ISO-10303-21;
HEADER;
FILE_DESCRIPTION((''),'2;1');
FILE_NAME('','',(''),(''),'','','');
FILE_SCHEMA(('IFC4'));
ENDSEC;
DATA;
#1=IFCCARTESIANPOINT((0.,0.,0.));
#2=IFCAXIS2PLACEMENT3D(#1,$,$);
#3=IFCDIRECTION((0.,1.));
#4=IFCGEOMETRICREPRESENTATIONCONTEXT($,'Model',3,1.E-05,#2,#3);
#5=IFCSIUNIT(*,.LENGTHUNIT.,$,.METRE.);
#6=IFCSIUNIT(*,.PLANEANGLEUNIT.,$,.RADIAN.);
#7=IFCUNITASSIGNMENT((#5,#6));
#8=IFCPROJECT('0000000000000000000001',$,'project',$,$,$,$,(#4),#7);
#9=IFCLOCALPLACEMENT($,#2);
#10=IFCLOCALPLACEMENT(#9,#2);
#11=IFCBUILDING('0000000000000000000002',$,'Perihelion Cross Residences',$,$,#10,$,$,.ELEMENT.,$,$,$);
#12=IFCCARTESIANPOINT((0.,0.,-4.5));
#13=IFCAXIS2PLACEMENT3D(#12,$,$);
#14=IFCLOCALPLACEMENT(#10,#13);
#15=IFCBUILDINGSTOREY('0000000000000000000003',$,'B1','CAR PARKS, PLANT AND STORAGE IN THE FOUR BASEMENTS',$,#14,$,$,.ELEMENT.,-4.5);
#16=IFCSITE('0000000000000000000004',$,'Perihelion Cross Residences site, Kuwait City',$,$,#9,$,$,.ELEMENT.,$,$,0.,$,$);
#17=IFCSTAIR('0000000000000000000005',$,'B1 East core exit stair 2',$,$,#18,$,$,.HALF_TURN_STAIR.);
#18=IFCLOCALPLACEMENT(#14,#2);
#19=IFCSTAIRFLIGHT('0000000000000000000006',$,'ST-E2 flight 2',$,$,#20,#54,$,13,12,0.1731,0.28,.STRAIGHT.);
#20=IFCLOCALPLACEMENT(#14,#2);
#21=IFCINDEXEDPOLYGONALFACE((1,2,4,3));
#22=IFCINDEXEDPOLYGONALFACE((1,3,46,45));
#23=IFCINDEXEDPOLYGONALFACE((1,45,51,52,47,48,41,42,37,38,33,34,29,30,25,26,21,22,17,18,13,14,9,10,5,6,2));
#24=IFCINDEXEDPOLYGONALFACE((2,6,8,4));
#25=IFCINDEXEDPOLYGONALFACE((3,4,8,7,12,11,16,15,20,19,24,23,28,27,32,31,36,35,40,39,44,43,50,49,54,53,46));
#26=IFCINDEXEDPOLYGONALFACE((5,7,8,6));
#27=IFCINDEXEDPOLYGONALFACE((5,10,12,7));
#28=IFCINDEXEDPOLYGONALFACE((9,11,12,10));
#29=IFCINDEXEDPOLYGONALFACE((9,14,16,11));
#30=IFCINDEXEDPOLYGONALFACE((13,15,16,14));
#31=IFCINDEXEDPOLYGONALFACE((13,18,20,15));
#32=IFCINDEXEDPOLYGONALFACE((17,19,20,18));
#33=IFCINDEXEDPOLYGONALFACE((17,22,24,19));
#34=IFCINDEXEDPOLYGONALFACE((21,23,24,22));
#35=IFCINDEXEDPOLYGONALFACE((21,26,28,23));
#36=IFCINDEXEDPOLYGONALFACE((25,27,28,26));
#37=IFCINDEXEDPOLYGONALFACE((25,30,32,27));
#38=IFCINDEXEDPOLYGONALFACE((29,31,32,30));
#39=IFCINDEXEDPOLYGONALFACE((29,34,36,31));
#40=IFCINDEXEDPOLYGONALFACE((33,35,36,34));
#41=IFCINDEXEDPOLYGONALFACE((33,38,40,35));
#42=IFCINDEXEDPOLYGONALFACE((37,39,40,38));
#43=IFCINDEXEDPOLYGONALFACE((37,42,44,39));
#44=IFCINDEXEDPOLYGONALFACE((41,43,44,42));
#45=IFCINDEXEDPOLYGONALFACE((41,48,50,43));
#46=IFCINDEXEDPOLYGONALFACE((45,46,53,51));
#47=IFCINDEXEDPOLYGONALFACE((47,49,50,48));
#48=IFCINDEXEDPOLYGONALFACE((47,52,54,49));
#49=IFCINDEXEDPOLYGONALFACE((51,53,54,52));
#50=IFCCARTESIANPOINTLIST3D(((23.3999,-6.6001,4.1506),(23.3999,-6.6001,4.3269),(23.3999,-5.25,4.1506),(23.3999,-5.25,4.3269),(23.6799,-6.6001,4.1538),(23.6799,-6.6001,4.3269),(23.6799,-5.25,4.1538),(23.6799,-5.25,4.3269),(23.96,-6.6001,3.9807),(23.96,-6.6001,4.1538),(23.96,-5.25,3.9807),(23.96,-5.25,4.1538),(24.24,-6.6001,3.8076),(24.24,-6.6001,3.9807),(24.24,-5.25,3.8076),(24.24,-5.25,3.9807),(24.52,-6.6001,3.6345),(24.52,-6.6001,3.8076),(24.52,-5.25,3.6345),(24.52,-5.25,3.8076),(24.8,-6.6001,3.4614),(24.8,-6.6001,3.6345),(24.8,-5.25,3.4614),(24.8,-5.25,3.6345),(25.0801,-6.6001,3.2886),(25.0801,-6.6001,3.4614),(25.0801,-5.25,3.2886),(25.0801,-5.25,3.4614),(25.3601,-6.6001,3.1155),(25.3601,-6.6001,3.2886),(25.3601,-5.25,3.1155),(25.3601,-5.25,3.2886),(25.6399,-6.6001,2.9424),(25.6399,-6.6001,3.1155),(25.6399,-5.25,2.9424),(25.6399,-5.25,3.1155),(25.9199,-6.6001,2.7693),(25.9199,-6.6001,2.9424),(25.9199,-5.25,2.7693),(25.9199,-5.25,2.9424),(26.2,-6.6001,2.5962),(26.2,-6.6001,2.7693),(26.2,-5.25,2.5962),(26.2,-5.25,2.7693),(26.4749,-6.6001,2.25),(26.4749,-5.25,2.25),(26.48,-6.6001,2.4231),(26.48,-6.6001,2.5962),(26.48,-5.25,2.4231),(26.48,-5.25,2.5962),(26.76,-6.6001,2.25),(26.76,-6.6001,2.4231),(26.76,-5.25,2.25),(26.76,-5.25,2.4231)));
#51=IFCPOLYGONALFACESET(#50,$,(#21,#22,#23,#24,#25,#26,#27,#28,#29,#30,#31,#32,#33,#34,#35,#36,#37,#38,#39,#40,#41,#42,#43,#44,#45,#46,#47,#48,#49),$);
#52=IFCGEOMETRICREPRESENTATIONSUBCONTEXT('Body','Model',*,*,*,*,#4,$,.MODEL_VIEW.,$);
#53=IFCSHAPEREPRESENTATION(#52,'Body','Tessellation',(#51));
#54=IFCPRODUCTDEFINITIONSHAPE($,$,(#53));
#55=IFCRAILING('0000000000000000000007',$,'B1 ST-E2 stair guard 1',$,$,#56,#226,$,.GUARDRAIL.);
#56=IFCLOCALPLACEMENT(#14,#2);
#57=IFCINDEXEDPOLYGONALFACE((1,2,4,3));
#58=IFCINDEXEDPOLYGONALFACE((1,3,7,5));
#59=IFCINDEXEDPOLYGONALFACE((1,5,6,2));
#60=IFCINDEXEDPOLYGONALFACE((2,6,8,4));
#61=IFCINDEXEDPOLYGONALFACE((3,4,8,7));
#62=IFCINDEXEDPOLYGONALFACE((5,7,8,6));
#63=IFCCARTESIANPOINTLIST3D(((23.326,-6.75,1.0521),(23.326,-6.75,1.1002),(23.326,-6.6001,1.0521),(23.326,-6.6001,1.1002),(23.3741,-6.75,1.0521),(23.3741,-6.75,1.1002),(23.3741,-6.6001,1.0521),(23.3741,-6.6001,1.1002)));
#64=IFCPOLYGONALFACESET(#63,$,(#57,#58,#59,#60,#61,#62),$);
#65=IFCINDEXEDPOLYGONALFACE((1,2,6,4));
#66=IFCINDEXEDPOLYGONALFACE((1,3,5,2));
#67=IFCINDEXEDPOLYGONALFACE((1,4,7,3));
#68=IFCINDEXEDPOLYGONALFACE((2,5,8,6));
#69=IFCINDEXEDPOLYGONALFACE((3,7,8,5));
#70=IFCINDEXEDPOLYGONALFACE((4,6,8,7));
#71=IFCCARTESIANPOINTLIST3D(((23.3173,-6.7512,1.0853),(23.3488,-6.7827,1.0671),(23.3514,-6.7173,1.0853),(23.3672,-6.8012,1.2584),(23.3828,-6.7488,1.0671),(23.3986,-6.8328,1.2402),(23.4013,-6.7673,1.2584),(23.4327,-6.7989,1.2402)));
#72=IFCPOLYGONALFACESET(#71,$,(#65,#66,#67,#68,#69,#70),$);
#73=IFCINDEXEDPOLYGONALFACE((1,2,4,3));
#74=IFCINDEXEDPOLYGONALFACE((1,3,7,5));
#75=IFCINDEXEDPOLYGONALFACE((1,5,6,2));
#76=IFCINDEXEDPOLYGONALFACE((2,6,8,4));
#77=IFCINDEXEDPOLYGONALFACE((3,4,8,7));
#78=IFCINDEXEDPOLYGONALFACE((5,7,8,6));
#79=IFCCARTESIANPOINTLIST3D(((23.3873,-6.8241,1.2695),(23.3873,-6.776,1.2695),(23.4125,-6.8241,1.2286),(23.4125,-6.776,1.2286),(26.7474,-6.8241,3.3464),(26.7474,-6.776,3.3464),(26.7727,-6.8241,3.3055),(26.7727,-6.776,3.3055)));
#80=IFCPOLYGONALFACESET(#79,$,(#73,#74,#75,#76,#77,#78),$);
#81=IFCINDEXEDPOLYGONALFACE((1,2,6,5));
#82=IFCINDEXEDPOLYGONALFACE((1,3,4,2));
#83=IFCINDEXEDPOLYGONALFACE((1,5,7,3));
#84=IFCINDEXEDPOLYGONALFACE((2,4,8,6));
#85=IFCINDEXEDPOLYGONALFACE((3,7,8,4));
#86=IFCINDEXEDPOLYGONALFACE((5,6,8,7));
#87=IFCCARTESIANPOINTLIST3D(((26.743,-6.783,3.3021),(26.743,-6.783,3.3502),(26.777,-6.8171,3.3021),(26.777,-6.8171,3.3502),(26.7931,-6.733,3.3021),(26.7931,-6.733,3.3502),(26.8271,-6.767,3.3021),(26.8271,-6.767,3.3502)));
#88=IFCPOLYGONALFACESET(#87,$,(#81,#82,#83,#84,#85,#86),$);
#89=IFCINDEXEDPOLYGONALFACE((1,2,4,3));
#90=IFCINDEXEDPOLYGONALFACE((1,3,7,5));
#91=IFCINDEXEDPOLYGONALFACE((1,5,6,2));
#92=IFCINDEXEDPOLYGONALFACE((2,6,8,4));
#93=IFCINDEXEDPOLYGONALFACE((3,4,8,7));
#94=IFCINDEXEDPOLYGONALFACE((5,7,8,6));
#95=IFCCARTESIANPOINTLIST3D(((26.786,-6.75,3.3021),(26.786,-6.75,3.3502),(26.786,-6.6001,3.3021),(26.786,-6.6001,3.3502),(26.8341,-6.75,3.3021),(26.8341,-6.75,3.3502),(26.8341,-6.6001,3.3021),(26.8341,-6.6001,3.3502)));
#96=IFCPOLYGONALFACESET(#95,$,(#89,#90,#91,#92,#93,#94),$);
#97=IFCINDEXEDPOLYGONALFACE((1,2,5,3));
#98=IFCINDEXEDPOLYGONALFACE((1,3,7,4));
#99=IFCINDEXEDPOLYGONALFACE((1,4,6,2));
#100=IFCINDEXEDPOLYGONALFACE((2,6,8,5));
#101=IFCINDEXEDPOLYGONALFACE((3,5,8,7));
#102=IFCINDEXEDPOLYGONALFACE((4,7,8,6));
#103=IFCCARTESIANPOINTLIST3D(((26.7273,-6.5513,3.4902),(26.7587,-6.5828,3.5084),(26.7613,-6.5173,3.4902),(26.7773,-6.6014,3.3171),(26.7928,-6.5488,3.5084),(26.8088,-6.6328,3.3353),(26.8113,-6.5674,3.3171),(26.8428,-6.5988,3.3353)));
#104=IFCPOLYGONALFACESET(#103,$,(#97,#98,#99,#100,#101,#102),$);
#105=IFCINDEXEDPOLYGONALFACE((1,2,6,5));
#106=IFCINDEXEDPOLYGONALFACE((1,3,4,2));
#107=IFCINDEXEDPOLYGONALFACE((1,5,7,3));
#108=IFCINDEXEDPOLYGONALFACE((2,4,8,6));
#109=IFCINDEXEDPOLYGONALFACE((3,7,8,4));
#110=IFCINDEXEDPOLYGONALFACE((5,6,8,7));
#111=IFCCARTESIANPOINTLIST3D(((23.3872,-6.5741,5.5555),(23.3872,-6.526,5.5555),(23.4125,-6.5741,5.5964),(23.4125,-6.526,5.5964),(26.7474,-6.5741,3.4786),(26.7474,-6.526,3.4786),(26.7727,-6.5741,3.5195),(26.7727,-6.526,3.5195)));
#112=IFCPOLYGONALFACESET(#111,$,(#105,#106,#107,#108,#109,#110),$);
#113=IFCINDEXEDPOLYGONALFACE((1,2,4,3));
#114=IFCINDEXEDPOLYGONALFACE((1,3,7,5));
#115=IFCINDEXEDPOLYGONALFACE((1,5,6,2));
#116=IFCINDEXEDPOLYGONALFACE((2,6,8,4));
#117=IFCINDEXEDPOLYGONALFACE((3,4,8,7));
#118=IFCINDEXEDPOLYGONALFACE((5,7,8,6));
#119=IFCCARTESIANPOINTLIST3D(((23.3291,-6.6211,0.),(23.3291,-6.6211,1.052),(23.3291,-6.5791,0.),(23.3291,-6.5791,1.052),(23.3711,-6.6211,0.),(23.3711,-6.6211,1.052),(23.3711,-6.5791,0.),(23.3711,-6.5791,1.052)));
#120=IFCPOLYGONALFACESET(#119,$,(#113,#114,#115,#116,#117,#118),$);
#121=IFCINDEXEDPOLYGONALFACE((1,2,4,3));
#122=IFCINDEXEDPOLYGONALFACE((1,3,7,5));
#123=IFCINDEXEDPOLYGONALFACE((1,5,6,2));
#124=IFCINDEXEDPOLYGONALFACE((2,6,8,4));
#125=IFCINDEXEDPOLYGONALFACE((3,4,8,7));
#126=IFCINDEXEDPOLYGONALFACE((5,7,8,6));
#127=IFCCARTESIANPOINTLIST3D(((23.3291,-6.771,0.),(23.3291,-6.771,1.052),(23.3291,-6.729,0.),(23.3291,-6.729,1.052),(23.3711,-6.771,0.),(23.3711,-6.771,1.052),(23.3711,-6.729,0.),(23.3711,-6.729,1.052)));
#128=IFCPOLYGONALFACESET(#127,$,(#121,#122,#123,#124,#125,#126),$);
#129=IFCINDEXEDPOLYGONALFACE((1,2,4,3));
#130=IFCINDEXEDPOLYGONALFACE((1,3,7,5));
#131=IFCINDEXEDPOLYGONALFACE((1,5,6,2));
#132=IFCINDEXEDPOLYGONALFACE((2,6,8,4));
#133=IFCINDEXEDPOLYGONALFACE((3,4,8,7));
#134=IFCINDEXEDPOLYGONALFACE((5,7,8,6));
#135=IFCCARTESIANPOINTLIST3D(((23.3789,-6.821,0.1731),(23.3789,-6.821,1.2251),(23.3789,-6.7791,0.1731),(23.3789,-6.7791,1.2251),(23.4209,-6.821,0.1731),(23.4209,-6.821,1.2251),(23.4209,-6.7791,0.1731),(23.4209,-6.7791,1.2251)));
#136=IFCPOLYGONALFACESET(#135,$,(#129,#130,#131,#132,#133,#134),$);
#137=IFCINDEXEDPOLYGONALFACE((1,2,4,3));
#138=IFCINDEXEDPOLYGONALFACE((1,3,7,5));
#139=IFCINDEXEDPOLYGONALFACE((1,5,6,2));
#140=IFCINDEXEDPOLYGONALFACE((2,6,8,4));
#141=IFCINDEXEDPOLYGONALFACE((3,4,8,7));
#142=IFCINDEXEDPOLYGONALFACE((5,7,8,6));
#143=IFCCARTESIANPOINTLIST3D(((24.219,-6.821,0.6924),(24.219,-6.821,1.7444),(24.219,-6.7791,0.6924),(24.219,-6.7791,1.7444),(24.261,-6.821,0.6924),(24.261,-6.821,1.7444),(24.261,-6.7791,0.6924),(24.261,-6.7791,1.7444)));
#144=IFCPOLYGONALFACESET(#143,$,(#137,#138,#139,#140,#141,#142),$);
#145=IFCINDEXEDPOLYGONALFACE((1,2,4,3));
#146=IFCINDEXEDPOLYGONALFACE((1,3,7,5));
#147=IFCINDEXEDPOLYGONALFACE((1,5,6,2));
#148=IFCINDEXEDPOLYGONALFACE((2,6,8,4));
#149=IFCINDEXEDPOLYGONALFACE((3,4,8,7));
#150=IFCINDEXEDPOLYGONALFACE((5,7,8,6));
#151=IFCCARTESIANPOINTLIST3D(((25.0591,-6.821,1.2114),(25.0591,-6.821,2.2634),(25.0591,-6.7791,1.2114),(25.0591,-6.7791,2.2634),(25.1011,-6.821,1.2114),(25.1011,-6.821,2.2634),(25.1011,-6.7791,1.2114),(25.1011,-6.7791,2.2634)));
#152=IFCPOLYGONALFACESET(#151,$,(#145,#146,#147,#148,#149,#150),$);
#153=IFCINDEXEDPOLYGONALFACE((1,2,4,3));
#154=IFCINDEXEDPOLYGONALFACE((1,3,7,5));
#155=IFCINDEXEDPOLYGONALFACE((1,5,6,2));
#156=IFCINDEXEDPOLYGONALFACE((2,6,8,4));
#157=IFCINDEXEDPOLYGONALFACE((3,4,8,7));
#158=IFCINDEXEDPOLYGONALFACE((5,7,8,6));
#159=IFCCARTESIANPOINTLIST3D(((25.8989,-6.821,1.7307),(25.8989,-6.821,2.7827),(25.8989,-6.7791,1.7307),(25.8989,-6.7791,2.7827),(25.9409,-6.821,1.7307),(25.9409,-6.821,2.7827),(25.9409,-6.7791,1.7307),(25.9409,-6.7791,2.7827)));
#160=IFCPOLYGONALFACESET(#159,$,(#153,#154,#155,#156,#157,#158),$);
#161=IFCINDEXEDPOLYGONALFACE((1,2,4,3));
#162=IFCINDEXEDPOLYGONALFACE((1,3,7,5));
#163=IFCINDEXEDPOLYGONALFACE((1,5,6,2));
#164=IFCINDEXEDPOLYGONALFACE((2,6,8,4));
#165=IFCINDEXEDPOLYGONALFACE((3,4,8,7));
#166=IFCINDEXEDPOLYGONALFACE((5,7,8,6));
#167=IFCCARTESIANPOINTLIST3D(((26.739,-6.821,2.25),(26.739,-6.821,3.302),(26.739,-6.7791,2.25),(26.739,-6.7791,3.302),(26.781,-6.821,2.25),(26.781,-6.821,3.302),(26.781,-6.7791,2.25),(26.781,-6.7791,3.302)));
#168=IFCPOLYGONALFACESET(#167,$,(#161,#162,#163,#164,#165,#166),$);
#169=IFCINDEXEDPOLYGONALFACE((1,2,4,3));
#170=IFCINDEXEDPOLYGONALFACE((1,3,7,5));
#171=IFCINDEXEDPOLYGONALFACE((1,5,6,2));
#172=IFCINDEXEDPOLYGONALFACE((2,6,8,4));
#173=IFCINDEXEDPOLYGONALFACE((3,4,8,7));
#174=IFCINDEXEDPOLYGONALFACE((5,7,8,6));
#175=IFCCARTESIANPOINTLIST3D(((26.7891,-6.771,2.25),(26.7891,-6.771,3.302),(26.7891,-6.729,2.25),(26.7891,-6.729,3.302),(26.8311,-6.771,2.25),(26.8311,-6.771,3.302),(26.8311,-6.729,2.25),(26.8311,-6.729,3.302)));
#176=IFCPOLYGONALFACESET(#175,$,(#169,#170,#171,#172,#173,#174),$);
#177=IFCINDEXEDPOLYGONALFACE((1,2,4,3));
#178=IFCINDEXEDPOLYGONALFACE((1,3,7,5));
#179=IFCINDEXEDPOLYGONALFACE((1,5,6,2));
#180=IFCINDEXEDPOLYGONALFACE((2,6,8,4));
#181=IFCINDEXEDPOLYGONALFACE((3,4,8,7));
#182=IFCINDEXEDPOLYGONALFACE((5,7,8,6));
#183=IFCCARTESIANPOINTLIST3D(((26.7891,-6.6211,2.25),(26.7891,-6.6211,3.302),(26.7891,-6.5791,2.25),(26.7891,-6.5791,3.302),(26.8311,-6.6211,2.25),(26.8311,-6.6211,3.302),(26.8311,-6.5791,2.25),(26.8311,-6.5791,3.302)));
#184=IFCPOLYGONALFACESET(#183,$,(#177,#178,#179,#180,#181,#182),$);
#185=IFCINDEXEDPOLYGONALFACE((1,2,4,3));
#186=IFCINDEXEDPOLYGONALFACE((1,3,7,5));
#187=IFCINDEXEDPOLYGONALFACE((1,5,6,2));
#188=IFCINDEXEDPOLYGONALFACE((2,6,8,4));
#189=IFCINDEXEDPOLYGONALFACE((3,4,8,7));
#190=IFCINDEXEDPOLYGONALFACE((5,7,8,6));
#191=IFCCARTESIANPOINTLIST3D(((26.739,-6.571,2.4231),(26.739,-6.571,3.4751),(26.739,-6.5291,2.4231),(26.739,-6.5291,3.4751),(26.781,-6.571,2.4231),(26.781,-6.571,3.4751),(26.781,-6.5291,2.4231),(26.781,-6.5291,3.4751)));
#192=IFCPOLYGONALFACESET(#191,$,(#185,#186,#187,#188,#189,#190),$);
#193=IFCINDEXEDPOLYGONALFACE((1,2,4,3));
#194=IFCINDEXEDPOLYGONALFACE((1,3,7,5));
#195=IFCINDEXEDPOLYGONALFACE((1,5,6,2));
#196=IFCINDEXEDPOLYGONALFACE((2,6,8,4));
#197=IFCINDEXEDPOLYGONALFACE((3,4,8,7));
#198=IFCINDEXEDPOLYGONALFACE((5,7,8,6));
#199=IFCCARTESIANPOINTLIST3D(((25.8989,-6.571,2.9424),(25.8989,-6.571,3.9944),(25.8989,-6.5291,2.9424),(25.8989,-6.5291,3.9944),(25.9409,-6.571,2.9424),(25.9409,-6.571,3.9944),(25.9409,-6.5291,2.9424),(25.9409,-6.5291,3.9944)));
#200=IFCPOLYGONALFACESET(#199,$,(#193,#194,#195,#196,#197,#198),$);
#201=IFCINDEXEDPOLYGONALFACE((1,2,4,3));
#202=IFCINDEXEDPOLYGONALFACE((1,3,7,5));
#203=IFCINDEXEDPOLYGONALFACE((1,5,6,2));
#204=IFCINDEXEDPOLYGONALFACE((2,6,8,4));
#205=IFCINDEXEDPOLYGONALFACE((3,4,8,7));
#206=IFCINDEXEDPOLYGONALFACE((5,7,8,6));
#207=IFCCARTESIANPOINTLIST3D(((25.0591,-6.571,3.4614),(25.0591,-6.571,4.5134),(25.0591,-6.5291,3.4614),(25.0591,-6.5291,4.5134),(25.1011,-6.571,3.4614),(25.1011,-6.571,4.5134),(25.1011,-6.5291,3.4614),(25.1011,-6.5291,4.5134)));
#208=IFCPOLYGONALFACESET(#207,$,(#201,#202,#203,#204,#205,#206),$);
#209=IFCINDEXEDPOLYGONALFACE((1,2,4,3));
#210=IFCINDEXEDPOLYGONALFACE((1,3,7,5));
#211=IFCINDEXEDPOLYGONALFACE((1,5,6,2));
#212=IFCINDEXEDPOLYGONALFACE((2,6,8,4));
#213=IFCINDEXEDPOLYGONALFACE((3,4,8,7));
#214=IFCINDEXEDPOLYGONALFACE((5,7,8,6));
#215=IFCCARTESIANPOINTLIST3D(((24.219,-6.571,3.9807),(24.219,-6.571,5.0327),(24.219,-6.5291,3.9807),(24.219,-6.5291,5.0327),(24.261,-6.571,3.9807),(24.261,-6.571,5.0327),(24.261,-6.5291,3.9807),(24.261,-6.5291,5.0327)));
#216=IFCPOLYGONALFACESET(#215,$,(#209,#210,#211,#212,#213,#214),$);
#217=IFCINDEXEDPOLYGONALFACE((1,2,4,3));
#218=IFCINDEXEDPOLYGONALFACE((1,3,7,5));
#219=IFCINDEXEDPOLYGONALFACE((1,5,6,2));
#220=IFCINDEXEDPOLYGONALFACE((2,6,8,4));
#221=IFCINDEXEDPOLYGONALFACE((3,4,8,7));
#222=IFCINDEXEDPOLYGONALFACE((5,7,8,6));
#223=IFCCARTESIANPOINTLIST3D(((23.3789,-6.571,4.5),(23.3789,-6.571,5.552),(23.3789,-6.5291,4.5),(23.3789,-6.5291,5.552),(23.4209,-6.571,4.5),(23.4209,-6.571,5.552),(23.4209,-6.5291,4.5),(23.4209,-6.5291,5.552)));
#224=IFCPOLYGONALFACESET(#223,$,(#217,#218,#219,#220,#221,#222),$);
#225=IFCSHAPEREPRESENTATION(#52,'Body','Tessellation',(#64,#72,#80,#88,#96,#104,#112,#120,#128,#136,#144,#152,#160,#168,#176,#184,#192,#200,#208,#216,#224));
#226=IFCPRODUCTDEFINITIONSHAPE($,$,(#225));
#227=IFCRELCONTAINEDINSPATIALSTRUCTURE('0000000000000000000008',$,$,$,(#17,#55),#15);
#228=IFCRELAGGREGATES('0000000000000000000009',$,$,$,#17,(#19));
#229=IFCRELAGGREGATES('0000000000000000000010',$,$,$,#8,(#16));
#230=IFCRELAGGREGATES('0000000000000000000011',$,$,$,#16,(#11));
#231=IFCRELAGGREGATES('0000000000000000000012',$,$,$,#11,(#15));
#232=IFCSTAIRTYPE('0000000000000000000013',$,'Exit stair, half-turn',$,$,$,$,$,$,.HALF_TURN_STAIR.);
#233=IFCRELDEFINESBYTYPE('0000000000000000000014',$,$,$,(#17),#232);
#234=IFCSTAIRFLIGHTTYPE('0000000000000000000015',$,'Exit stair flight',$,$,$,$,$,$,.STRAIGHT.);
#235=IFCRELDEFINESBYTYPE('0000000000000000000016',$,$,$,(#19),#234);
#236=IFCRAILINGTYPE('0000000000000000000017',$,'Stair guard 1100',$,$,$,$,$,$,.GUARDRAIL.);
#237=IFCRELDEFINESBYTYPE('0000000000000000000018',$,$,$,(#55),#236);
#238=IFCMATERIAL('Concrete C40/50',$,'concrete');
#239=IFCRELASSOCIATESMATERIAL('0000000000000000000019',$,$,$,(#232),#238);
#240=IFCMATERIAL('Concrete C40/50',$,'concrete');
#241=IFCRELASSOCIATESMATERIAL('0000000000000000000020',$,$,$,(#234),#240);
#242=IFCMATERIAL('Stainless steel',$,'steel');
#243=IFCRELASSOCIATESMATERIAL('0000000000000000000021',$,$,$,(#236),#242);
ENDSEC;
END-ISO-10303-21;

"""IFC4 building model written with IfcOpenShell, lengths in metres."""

from ifc_helpers import new_model, si_unit, direction, frame, origin, origin_2d, place, context, subcontext, project, spatial, polyline, rectangle, outline, extrude, material, type_object, element, aggregate, save


model = new_model("IFC4")

# Units and contexts
model_context = context("Model", 3, precision=1e-05, world=origin(), true_north=direction((0.0, 1.0)))
body_context = subcontext(model_context, "Body", "Model", "MODEL_VIEW")
ifc_project = project(units=[si_unit("LENGTHUNIT", "METRE"), si_unit("PLANEANGLEUNIT", "RADIAN")], contexts=[model_context])

# Site, building, storey
site_placement = place(None, origin())
site = spatial("IfcSite", under=ifc_project, at=site_placement, Name="Perihelion Cross Residences site, Kuwait City", CompositionType="ELEMENT", RefElevation=0.0)
building_placement = place(site_placement, origin())
building = spatial("IfcBuilding", under=site, at=building_placement, Name="Perihelion Cross Residences", CompositionType="ELEMENT")
storey_placement = place(building_placement, frame((0.0, 0.0, -4.5)))
storey = spatial("IfcBuildingStorey", under=building, at=storey_placement, Name="B1", Description="CAR PARKS, PLANT AND STORAGE IN THE FOUR BASEMENTS", CompositionType="ELEMENT", Elevation=-4.5)

# Stair, stair flight
ifc_material_1 = material(Name="Concrete C40/50", Category="concrete")
stair_type = type_object("IfcStairType", Name="Exit stair, half-turn", PredefinedType="HALF_TURN_STAIR", material=ifc_material_1)
stair_placement = place(storey_placement, origin())
stair = element("IfcStair", 1, at=stair_placement, inside=storey, type_object=stair_type, Name="B1 East core exit stair 2", PredefinedType="HALF_TURN_STAIR")
ifc_material_2 = material(Name="Concrete C40/50", Category="concrete")
stair_flight_type = type_object("IfcStairFlightType", Name="Exit stair flight", PredefinedType="STRAIGHT", material=ifc_material_2)
stair_flight_1_placement = place(storey_placement, frame((26.76, -5.925, 2.25), z_axis=(0.0, 0.0, 1.0), x_axis=(-1.0, 0.0, 0.0)))
stair_flight_1 = element("IfcStairFlight", 2, at=stair_flight_1_placement, type_object=stair_flight_type, Name="ST-E2 flight 2", NumberOfRisers=13, NumberOfTreads=12, PredefinedType="STRAIGHT", RiserHeight=0.1731, TreadLength=0.28, context=body_context, shape_type="SweptSolid", body=[
    extrude(outline(polyline([(0.0, 0.0), (0.0, 0.1731), (0.28, 0.1731), (0.28, 0.3462), (0.5601, 0.3462), (0.5601, 0.5193), (0.8401, 0.5193), (0.8401, 0.6924), (1.1201, 0.6924), (1.1201, 0.8655), (1.3999, 0.8655), (1.3999, 1.0386), (1.6799, 1.0386), (1.6799, 1.2114), (1.96, 1.2114), (1.96, 1.3845), (2.24, 1.3845), (2.24, 1.5576), (2.52, 1.5576), (2.52, 1.7307), (2.8, 1.7307), (2.8, 1.9038), (3.0801, 1.9038), (3.0801, 2.0769), (3.3601, 2.0769), (3.3601, 2.25), (3.3601, 1.9006), (0.2852, 0.0), (0.0, 0.0)])), frame((0.0, 0.675, 0.0), z_axis=(0.0, -1.0, 0.0), x_axis=(1.0, 0.0, 0.0)), (0.0, 0.0, 1.0), 1.3501),
])
aggregate(stair, [stair_flight_1])

# Railing
ifc_material_3 = material(Name="Stainless steel", Category="steel")
railing_type_1 = type_object("IfcRailingType", Name="Stair guard 1100", PredefinedType="GUARDRAIL", material=ifc_material_3)
railing_1_placement = place(storey_placement, frame((23.3501, -6.6001, 0.0)))
element("IfcRailing", 3, at=railing_1_placement, inside=storey, type_object=railing_type_1, Name="B1 ST-E2 stair guard 1", PredefinedType="GUARDRAIL", context=body_context, shape_type="SweptSolid", body=[
    extrude(rectangle(XDim=0.0481, YDim=0.0481, at=origin_2d()), frame((0.0, 0.0, 1.0762), z_axis=(0.0, -1.0, 0.0), x_axis=(1.0, 0.0, 0.0)), (0.0, 0.0, 1.0), 0.1499),
    extrude(rectangle(XDim=0.0481, YDim=0.0481, at=origin_2d()), frame((0.0, -0.1499, 1.0762), z_axis=(0.266417, -0.267723, 0.92593), x_axis=(0.708834, 0.705376, 0.0)), (0.0, 0.0, 1.0), 0.187),
    extrude(rectangle(XDim=0.0481, YDim=0.0481, at=origin_2d()), frame((0.0498, -0.2, 1.249), z_axis=(0.850623, 0.0, 0.525776), x_axis=(0.0, 1.0, 0.0)), (0.0, 0.0, 1.0), 3.9502),
    extrude(rectangle(XDim=0.0481, YDim=0.0481, at=origin_2d()), frame((3.4099, -0.2, 3.3262), z_axis=(0.707107, 0.707107, 0.0), x_axis=(-0.707107, 0.707107, 0.0)), (0.0, 0.0, 1.0), 0.0708),
    extrude(rectangle(XDim=0.0481, YDim=0.0481, at=origin_2d()), frame((3.46, -0.1499, 3.3262), z_axis=(0.0, 1.0, 0.0), x_axis=(-1.0, 0.0, 0.0)), (0.0, 0.0, 1.0), 0.1499),
    extrude(rectangle(XDim=0.0481, YDim=0.0481, at=origin_2d()), frame((3.46, 0.0, 3.3262), z_axis=(-0.26763, 0.26763, 0.925607), x_axis=(-0.707107, -0.707107, 0.0)), (0.0, 0.0, 1.0), 0.187),
    extrude(rectangle(XDim=0.0481, YDim=0.0481, at=origin_2d()), frame((3.4099, 0.05, 3.499), z_axis=(-0.850623, 0.0, 0.525776), x_axis=(0.0, -1.0, 0.0)), (0.0, 0.0, 1.0), 3.9502),
    extrude(rectangle(XDim=0.042, YDim=0.042, at=origin_2d()), origin(), (0.0, 0.0, 1.0), 1.052),
    extrude(rectangle(XDim=0.042, YDim=0.042, at=origin_2d()), frame((0.0, -0.1499, 0.0)), (0.0, 0.0, 1.0), 1.052),
    extrude(rectangle(XDim=0.042, YDim=0.042, at=origin_2d()), frame((0.0498, -0.2, 0.1731)), (0.0, 0.0, 1.0), 1.052),
    extrude(rectangle(XDim=0.042, YDim=0.042, at=origin_2d()), frame((0.8899, -0.2, 0.6924)), (0.0, 0.0, 1.0), 1.052),
    extrude(rectangle(XDim=0.042, YDim=0.042, at=origin_2d()), frame((1.73, -0.2, 1.2114)), (0.0, 0.0, 1.0), 1.052),
    extrude(rectangle(XDim=0.042, YDim=0.042, at=origin_2d()), frame((2.5698, -0.2, 1.7307)), (0.0, 0.0, 1.0), 1.052),
    extrude(rectangle(XDim=0.042, YDim=0.042, at=origin_2d()), frame((3.4099, -0.2, 2.25)), (0.0, 0.0, 1.0), 1.052),
    extrude(rectangle(XDim=0.042, YDim=0.042, at=origin_2d()), frame((3.46, -0.1499, 2.25)), (0.0, 0.0, 1.0), 1.052),
    extrude(rectangle(XDim=0.042, YDim=0.042, at=origin_2d()), frame((3.46, 0.0, 2.25)), (0.0, 0.0, 1.0), 1.052),
    extrude(rectangle(XDim=0.042, YDim=0.042, at=origin_2d()), frame((3.4099, 0.05, 2.4231)), (0.0, 0.0, 1.0), 1.052),
    extrude(rectangle(XDim=0.042, YDim=0.042, at=origin_2d()), frame((2.5698, 0.05, 2.9424)), (0.0, 0.0, 1.0), 1.052),
    extrude(rectangle(XDim=0.042, YDim=0.042, at=origin_2d()), frame((1.73, 0.05, 3.4614)), (0.0, 0.0, 1.0), 1.052),
    extrude(rectangle(XDim=0.042, YDim=0.042, at=origin_2d()), frame((0.8899, 0.05, 3.9807)), (0.0, 0.0, 1.0), 1.052),
    extrude(rectangle(XDim=0.042, YDim=0.042, at=origin_2d()), frame((0.0498, 0.05, 4.5)), (0.0, 0.0, 1.0), 1.052),
])

save(model, "model.ifc")
